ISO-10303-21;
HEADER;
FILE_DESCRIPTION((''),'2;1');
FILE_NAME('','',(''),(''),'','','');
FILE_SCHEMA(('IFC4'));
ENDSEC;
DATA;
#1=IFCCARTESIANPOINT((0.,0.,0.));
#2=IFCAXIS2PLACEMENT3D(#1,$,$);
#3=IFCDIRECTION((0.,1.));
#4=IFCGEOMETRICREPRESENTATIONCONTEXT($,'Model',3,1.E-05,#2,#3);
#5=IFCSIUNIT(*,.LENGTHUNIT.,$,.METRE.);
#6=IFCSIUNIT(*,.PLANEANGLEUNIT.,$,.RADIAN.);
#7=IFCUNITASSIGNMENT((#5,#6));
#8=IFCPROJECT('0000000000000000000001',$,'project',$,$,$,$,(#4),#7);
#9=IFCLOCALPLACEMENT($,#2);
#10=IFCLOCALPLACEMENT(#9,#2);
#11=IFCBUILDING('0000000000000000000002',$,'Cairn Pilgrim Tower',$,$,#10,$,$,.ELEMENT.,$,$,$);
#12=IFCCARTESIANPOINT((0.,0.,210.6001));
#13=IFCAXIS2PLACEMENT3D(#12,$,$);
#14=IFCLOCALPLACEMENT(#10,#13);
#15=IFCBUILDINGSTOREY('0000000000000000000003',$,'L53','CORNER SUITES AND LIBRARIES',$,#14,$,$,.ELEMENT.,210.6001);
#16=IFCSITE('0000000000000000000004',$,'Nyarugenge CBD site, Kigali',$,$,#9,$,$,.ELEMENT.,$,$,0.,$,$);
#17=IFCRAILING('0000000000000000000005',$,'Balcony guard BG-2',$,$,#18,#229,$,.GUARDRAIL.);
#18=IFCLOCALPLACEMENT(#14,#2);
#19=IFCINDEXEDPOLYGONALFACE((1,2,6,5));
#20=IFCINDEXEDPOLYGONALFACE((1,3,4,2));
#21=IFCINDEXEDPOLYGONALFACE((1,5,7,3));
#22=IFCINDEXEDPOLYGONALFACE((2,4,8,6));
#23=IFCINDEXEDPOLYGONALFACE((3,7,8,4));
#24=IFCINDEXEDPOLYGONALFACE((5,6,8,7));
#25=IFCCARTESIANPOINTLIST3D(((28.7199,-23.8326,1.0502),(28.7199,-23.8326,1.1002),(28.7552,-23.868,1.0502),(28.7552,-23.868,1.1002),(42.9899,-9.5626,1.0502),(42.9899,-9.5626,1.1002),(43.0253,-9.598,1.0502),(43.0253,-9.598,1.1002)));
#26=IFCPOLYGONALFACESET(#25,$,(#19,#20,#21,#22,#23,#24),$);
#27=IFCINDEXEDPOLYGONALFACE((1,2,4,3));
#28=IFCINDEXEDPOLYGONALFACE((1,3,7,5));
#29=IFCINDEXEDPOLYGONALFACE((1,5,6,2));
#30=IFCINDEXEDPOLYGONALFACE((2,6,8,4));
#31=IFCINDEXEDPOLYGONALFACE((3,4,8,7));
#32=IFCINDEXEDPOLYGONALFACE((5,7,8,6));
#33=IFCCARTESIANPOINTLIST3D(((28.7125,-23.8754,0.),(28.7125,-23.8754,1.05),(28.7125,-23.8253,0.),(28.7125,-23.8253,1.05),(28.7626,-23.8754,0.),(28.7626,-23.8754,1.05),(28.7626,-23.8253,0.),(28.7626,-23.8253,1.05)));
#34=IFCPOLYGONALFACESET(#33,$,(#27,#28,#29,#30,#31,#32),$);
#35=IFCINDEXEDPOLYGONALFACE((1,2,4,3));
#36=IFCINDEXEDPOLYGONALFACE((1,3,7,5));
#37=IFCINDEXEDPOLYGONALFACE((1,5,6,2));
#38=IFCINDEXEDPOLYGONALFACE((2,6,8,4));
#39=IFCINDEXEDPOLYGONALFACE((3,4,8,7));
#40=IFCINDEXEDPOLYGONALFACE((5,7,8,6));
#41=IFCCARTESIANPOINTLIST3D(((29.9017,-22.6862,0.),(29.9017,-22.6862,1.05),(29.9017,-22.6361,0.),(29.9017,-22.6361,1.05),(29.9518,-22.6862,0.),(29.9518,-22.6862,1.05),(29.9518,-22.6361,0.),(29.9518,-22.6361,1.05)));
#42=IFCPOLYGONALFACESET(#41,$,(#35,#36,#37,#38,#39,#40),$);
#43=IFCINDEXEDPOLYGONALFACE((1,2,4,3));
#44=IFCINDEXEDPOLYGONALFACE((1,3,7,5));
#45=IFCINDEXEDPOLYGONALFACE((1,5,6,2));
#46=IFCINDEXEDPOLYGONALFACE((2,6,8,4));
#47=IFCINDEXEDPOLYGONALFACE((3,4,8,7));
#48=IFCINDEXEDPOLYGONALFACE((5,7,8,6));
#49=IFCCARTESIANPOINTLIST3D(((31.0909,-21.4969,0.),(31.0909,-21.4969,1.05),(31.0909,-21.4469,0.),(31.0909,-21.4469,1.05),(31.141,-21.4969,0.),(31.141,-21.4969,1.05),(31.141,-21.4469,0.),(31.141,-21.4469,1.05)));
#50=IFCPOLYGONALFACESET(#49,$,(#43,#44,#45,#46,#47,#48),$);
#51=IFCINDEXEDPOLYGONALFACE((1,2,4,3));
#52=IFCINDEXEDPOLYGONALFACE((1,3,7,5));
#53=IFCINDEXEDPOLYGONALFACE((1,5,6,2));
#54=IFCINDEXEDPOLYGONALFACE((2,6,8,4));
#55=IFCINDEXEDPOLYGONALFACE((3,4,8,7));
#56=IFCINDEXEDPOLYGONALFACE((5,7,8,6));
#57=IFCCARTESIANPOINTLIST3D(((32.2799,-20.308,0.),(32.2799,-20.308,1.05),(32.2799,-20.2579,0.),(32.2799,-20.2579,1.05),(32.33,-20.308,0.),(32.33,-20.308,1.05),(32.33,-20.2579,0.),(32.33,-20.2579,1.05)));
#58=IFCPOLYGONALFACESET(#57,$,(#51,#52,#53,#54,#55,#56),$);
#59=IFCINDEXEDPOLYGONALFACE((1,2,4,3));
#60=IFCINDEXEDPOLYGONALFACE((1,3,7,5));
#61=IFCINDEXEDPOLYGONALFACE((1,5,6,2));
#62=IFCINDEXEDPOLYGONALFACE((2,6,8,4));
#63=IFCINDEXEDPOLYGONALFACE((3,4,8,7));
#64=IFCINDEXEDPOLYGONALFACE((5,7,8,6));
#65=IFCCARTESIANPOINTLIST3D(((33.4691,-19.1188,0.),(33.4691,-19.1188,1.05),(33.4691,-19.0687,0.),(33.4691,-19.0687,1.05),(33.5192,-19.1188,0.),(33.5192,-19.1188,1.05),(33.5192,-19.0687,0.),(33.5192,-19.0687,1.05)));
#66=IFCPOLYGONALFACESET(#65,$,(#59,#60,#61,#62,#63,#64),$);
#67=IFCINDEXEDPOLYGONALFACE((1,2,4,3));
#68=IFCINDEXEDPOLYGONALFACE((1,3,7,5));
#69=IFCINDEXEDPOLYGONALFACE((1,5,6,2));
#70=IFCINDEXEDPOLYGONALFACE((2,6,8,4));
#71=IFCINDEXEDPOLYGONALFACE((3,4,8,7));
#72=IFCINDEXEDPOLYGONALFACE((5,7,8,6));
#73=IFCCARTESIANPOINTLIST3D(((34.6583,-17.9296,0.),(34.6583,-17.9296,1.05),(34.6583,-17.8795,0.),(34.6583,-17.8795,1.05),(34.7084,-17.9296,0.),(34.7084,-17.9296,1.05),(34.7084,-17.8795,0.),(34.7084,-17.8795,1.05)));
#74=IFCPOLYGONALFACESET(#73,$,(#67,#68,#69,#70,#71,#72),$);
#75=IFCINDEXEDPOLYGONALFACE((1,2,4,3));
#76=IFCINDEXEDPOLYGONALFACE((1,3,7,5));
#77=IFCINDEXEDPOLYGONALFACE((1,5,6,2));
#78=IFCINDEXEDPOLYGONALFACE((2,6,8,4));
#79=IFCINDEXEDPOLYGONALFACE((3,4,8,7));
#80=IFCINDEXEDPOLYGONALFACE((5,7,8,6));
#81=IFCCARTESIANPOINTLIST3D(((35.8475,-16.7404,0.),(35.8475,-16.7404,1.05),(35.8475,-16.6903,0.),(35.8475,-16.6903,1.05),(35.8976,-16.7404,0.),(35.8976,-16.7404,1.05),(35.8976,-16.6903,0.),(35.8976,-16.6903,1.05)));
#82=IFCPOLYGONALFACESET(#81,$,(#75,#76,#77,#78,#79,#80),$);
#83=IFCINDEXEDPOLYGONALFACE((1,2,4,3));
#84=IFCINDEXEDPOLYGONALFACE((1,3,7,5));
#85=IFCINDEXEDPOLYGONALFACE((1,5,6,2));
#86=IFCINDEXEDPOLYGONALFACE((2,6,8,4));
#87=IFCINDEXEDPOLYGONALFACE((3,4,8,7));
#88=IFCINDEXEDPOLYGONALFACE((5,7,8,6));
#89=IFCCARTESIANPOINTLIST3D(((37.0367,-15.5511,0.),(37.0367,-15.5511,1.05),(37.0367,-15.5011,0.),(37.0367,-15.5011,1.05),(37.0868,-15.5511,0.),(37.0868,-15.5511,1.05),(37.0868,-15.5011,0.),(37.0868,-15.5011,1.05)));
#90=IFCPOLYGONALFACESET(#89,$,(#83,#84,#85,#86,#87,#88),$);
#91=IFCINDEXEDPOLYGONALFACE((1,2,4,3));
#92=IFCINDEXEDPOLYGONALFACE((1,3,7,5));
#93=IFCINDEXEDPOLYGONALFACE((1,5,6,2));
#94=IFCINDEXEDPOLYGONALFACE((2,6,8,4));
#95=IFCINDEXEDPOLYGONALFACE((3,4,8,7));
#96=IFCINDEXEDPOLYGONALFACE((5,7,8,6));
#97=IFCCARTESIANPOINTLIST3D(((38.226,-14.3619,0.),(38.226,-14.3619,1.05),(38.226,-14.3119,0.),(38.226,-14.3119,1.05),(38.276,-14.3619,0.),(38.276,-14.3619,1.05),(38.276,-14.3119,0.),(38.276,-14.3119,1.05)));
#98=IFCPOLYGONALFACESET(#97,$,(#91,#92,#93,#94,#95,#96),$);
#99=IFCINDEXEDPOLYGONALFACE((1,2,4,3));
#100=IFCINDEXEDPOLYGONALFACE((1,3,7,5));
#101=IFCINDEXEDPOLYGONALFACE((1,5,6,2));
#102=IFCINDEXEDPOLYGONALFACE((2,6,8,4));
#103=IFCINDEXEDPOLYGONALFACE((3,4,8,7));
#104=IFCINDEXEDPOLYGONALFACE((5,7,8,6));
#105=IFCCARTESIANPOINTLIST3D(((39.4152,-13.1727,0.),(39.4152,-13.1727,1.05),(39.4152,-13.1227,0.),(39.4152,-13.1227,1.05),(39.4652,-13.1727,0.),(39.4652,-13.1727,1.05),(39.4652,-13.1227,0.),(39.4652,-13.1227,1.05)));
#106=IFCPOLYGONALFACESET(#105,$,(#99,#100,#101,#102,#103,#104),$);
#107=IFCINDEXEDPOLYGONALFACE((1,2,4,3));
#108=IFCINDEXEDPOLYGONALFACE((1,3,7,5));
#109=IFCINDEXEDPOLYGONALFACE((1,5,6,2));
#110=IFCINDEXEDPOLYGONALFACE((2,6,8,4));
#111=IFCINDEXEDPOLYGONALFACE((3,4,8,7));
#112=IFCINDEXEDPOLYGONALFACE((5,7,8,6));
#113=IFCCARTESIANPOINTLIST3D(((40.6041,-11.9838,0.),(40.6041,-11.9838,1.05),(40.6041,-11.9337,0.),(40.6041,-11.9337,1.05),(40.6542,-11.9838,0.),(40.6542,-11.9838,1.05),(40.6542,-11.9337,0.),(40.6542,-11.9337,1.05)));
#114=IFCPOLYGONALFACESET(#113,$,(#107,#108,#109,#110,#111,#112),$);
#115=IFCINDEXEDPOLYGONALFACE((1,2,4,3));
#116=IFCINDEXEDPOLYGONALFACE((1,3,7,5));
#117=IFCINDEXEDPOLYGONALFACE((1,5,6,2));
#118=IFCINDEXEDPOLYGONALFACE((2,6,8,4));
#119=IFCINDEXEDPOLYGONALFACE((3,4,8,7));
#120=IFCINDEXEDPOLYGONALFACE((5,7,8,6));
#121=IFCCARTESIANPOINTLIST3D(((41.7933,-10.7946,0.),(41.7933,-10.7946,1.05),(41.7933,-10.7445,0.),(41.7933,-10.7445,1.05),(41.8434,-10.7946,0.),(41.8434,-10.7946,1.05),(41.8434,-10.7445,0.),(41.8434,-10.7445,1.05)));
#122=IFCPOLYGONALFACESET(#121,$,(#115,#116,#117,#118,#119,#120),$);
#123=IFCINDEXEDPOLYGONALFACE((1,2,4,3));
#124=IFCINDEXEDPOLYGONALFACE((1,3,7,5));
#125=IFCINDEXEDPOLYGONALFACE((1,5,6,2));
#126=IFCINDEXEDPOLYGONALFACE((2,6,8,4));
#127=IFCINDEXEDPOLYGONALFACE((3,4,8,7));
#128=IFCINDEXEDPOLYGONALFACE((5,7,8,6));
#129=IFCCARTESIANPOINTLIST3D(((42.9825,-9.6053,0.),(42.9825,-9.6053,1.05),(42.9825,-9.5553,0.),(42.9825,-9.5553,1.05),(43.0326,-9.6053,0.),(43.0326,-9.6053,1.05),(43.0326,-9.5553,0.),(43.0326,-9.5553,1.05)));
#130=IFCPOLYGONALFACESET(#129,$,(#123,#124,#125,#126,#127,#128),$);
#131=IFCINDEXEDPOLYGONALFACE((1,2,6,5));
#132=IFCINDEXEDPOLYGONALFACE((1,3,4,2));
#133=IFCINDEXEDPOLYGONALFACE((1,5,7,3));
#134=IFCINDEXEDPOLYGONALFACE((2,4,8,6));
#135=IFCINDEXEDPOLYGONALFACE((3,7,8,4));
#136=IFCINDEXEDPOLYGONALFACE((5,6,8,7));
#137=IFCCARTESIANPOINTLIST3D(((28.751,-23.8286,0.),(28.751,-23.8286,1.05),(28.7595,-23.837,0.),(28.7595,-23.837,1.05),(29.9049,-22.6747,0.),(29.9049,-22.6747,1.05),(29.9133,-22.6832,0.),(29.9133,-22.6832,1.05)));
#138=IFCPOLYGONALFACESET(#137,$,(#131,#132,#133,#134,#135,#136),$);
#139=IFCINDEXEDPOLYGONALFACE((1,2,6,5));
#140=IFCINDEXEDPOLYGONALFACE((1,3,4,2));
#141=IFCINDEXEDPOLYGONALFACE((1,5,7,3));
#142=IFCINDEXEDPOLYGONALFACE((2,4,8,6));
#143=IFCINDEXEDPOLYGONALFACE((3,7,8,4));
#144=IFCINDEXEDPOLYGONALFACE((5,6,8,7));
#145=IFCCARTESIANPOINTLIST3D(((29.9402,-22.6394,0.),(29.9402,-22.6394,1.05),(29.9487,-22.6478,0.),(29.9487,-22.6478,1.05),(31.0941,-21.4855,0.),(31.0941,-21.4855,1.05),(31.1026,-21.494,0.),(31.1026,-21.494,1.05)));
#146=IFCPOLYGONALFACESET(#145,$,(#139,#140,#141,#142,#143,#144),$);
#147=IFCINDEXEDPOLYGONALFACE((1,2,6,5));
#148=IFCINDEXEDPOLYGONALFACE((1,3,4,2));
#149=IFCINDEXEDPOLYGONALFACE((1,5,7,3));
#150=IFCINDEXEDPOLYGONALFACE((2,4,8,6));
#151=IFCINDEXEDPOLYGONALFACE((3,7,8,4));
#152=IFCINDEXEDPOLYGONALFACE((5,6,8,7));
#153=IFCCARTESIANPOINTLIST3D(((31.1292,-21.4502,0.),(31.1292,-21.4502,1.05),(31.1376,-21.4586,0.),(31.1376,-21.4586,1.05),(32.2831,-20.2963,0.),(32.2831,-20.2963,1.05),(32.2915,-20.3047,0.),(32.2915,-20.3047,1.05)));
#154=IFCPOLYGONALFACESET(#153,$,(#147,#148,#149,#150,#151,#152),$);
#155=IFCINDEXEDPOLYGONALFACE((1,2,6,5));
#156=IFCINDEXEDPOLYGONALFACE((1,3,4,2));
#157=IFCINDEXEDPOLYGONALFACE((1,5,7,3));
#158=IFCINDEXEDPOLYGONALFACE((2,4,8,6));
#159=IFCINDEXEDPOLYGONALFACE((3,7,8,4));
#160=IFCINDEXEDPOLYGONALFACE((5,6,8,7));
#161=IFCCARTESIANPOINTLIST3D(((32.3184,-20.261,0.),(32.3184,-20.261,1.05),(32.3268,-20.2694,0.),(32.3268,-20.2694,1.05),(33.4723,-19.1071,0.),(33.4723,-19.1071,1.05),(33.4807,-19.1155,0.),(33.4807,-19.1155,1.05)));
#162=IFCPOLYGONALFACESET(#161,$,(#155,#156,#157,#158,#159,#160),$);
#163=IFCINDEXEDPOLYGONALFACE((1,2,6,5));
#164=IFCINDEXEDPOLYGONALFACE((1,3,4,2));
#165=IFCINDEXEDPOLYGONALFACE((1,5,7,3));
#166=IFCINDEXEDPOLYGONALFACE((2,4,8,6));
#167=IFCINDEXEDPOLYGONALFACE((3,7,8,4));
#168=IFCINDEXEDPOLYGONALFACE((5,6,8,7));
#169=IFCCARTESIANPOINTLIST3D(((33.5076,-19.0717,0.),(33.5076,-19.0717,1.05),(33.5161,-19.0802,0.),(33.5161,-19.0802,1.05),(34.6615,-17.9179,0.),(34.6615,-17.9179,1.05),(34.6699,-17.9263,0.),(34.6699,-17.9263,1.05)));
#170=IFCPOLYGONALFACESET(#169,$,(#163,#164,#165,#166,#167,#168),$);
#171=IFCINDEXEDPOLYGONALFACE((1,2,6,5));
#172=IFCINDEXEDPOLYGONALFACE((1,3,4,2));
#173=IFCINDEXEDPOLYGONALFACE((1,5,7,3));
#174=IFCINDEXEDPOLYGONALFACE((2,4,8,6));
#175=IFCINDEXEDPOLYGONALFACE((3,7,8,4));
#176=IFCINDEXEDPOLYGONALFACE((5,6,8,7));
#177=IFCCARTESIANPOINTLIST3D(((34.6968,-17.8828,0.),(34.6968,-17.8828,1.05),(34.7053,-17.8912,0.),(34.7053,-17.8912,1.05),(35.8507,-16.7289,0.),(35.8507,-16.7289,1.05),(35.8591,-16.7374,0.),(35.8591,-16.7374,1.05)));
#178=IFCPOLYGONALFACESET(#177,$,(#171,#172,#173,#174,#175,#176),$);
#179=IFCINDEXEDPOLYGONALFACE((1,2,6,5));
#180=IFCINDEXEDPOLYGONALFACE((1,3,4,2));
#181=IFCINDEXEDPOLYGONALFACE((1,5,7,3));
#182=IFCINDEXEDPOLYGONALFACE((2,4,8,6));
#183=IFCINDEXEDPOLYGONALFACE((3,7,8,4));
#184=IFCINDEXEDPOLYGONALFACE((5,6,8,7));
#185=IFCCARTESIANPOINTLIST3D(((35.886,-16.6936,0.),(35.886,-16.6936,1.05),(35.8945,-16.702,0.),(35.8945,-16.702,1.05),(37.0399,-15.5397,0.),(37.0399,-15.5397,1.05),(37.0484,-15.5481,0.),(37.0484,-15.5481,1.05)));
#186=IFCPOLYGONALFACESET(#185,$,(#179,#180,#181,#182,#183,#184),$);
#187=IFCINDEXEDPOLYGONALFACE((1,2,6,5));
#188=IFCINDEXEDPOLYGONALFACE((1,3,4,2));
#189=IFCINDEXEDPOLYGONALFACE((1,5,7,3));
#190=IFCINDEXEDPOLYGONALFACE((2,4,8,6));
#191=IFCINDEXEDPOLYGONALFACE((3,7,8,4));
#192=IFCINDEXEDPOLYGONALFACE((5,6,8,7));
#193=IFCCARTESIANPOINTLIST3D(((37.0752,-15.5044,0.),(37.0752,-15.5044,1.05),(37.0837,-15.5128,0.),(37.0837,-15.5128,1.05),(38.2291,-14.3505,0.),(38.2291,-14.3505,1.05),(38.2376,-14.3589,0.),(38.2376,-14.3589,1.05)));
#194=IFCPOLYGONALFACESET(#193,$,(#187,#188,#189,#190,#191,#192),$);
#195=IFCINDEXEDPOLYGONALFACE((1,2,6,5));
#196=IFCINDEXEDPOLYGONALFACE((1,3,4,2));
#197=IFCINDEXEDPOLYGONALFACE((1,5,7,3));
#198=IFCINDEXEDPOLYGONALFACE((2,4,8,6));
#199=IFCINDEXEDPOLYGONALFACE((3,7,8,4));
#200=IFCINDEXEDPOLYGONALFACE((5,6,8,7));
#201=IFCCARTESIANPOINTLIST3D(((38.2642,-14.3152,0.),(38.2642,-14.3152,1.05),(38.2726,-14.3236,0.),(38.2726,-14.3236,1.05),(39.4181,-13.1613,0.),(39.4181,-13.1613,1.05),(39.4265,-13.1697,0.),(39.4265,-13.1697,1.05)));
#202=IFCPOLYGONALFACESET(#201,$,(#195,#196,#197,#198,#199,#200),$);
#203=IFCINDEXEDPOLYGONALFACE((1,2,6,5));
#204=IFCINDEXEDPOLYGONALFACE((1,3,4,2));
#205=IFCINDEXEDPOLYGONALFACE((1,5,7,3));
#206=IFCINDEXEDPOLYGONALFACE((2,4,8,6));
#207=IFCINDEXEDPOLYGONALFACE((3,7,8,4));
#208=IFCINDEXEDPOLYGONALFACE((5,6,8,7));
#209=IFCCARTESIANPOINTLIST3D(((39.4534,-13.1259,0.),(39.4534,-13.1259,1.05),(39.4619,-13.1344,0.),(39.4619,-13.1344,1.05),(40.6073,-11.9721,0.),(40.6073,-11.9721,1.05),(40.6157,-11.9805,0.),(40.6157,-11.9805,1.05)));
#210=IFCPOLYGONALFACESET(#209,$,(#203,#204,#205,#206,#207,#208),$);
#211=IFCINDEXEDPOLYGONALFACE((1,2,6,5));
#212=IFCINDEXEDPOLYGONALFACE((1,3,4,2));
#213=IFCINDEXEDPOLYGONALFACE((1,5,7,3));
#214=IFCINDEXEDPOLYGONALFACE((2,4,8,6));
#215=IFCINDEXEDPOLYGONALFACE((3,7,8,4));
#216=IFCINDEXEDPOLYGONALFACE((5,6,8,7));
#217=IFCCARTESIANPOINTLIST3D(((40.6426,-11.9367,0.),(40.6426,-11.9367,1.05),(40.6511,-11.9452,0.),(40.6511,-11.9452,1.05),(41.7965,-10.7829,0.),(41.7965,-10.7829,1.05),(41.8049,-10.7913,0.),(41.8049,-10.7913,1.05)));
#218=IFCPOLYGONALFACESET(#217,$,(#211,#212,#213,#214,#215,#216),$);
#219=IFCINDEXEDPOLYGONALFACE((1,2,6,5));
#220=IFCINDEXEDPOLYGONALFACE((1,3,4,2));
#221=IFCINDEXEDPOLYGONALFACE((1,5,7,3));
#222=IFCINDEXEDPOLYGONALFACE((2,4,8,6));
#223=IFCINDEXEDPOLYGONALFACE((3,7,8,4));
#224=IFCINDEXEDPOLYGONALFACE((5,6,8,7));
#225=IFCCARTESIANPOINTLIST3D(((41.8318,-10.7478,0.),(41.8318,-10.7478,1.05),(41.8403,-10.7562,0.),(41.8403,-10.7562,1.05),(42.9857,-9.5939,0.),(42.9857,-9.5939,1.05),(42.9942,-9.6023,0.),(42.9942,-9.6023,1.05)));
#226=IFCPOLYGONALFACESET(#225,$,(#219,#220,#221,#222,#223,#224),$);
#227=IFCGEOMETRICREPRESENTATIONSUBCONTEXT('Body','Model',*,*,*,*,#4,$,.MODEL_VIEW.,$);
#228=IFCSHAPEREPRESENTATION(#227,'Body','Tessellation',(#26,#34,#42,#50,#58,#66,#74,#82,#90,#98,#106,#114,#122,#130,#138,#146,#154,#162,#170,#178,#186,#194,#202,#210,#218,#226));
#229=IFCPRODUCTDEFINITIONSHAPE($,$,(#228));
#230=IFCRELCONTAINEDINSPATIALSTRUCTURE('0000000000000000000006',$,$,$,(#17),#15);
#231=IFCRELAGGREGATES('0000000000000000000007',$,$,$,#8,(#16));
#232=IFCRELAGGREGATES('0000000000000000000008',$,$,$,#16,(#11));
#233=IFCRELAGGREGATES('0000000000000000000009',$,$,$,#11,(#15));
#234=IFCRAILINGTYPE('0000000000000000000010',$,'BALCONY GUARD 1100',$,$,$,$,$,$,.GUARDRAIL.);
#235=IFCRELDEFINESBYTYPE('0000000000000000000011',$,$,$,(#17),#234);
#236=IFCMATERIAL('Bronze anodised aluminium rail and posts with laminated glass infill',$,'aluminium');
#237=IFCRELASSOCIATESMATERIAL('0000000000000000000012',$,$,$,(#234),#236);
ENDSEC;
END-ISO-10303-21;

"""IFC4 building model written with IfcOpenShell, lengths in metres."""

from ifc_helpers import new_model, si_unit, direction, frame, origin, origin_2d, place, context, subcontext, project, spatial, polyline, rectangle, outline, extrude, material, type_object, element, save


model = new_model("IFC4")

# Units and contexts
model_context = context("Model", 3, precision=1e-05, world=origin(), true_north=direction((0.0, 1.0)))
body_context = subcontext(model_context, "Body", "Model", "MODEL_VIEW")
ifc_project = project(units=[si_unit("LENGTHUNIT", "METRE"), si_unit("PLANEANGLEUNIT", "RADIAN")], contexts=[model_context])

# Site, building, storey
site_placement = place(None, origin())
site = spatial("IfcSite", under=ifc_project, at=site_placement, Name="Nyarugenge CBD site, Kigali", CompositionType="ELEMENT", RefElevation=0.0)
building_placement = place(site_placement, origin())
building = spatial("IfcBuilding", under=site, at=building_placement, Name="Cairn Pilgrim Tower", CompositionType="ELEMENT")
storey_placement = place(building_placement, frame((0.0, 0.0, 210.6001)))
storey = spatial("IfcBuildingStorey", under=building, at=storey_placement, Name="L53", Description="CORNER SUITES AND LIBRARIES", CompositionType="ELEMENT", Elevation=210.6001)

# Railing
ifc_material_1 = material(Name="Bronze anodised aluminium rail and posts with laminated glass infill", Category="aluminium")
railing_type = type_object("IfcRailingType", Name="BALCONY GUARD 1100", PredefinedType="GUARDRAIL", material=ifc_material_1)
railing_1_placement = place(storey_placement, frame((28.7375, -23.8503, 0.0)))
element("IfcRailing", 1, at=railing_1_placement, inside=storey, type_object=railing_type, Name="Balcony guard BG-2", PredefinedType="GUARDRAIL", context=body_context, shape_type="SweptSolid", body=[
    extrude(rectangle(XDim=0.05, YDim=0.05, at=origin_2d()), frame((0.0, 0.0, 1.0752), z_axis=(0.707107, 0.707107, 0.0), x_axis=(-0.707107, 0.707107, 0.0)), (0.0, 0.0, 1.0), 20.1809),
    extrude(rectangle(XDim=0.05, YDim=0.05, at=origin_2d()), origin(), (0.0, 0.0, 1.0), 1.05),
    extrude(rectangle(XDim=0.05, YDim=0.05, at=origin_2d()), frame((1.1892, 1.1892, 0.0)), (0.0, 0.0, 1.0), 1.05),
    extrude(rectangle(XDim=0.05, YDim=0.05, at=origin_2d()), frame((2.3784, 2.3784, 0.0)), (0.0, 0.0, 1.0), 1.05),
    extrude(rectangle(XDim=0.05, YDim=0.05, at=origin_2d()), frame((3.5674, 3.5674, 0.0)), (0.0, 0.0, 1.0), 1.05),
    extrude(rectangle(XDim=0.05, YDim=0.05, at=origin_2d()), frame((4.7566, 4.7566, 0.0)), (0.0, 0.0, 1.0), 1.05),
    extrude(rectangle(XDim=0.05, YDim=0.05, at=origin_2d()), frame((5.9458, 5.9458, 0.0)), (0.0, 0.0, 1.0), 1.05),
    extrude(rectangle(XDim=0.05, YDim=0.05, at=origin_2d()), frame((7.135, 7.135, 0.0)), (0.0, 0.0, 1.0), 1.05),
    extrude(rectangle(XDim=0.05, YDim=0.05, at=origin_2d()), frame((8.3242, 8.3242, 0.0)), (0.0, 0.0, 1.0), 1.05),
    extrude(rectangle(XDim=0.05, YDim=0.05, at=origin_2d()), frame((9.5134, 9.5134, 0.0)), (0.0, 0.0, 1.0), 1.05),
    extrude(rectangle(XDim=0.05, YDim=0.05, at=origin_2d()), frame((10.7026, 10.7026, 0.0)), (0.0, 0.0, 1.0), 1.05),
    extrude(rectangle(XDim=0.05, YDim=0.05, at=origin_2d()), frame((11.8916, 11.8916, 0.0)), (0.0, 0.0, 1.0), 1.05),
    extrude(rectangle(XDim=0.05, YDim=0.05, at=origin_2d()), frame((13.0808, 13.0808, 0.0)), (0.0, 0.0, 1.0), 1.05),
    extrude(rectangle(XDim=0.05, YDim=0.05, at=origin_2d()), frame((14.27, 14.27, 0.0)), (0.0, 0.0, 1.0), 1.05),
    extrude(outline(polyline([(0.0249, 0.0), (1.6567, 0.0), (1.6567, 1.05), (0.0249, 1.05), (0.0249, 0.0)])), frame((-0.0042, 0.0042, 0.0), z_axis=(0.707107, -0.707107, 0.0), x_axis=(0.707107, 0.707107, 0.0)), (0.0, 0.0, 1.0), 0.012),
    extrude(outline(polyline([(0.0249, 0.0), (1.6567, 0.0), (1.6567, 1.05), (0.0249, 1.05), (0.0249, 0.0)])), frame((1.1851, 1.1934, 0.0), z_axis=(0.707107, -0.707107, 0.0), x_axis=(0.707107, 0.707107, 0.0)), (0.0, 0.0, 1.0), 0.012),
    extrude(outline(polyline([(0.0249, 0.0), (1.6567, 0.0), (1.6567, 1.05), (0.0249, 1.05), (0.0249, 0.0)])), frame((2.374, 2.3826, 0.0), z_axis=(0.707107, -0.707107, 0.0), x_axis=(0.707107, 0.707107, 0.0)), (0.0, 0.0, 1.0), 0.012),
    extrude(outline(polyline([(0.0249, 0.0), (1.6567, 0.0), (1.6567, 1.05), (0.0249, 1.05), (0.0249, 0.0)])), frame((3.5632, 3.5718, 0.0), z_axis=(0.707107, -0.707107, 0.0), x_axis=(0.707107, 0.707107, 0.0)), (0.0, 0.0, 1.0), 0.012),
    extrude(outline(polyline([(0.0249, 0.0), (1.6567, 0.0), (1.6567, 1.05), (0.0249, 1.05), (0.0249, 0.0)])), frame((4.7524, 4.761, 0.0), z_axis=(0.707107, -0.707107, 0.0), x_axis=(0.707107, 0.707107, 0.0)), (0.0, 0.0, 1.0), 0.012),
    extrude(outline(polyline([(0.0249, 0.0), (1.6567, 0.0), (1.6567, 1.05), (0.0249, 1.05), (0.0249, 0.0)])), frame((5.9417, 5.95, 0.0), z_axis=(0.707107, -0.707107, 0.0), x_axis=(0.707107, 0.707107, 0.0)), (0.0, 0.0, 1.0), 0.012),
    extrude(outline(polyline([(0.0249, 0.0), (1.6567, 0.0), (1.6567, 1.05), (0.0249, 1.05), (0.0249, 0.0)])), frame((7.1309, 7.1392, 0.0), z_axis=(0.707107, -0.707107, 0.0), x_axis=(0.707107, 0.707107, 0.0)), (0.0, 0.0, 1.0), 0.012),
    extrude(outline(polyline([(0.0249, 0.0), (1.6567, 0.0), (1.6567, 1.05), (0.0249, 1.05), (0.0249, 0.0)])), frame((8.3201, 8.3284, 0.0), z_axis=(0.707107, -0.707107, 0.0), x_axis=(0.707107, 0.707107, 0.0)), (0.0, 0.0, 1.0), 0.012),
    extrude(outline(polyline([(0.0249, 0.0), (1.6567, 0.0), (1.6567, 1.05), (0.0249, 1.05), (0.0249, 0.0)])), frame((9.509, 9.5176, 0.0), z_axis=(0.707107, -0.707107, 0.0), x_axis=(0.707107, 0.707107, 0.0)), (0.0, 0.0, 1.0), 0.012),
    extrude(outline(polyline([(0.0249, 0.0), (1.6567, 0.0), (1.6567, 1.05), (0.0249, 1.05), (0.0249, 0.0)])), frame((10.6982, 10.7068, 0.0), z_axis=(0.707107, -0.707107, 0.0), x_axis=(0.707107, 0.707107, 0.0)), (0.0, 0.0, 1.0), 0.012),
    extrude(outline(polyline([(0.0249, 0.0), (1.6567, 0.0), (1.6567, 1.05), (0.0249, 1.05), (0.0249, 0.0)])), frame((11.8875, 11.896, 0.0), z_axis=(0.707107, -0.707107, 0.0), x_axis=(0.707107, 0.707107, 0.0)), (0.0, 0.0, 1.0), 0.012),
    extrude(outline(polyline([(0.0249, 0.0), (1.6567, 0.0), (1.6567, 1.05), (0.0249, 1.05), (0.0249, 0.0)])), frame((13.0767, 13.085, 0.0), z_axis=(0.707107, -0.707107, 0.0), x_axis=(0.707107, 0.707107, 0.0)), (0.0, 0.0, 1.0), 0.012),
])

save(model, "model.ifc")
